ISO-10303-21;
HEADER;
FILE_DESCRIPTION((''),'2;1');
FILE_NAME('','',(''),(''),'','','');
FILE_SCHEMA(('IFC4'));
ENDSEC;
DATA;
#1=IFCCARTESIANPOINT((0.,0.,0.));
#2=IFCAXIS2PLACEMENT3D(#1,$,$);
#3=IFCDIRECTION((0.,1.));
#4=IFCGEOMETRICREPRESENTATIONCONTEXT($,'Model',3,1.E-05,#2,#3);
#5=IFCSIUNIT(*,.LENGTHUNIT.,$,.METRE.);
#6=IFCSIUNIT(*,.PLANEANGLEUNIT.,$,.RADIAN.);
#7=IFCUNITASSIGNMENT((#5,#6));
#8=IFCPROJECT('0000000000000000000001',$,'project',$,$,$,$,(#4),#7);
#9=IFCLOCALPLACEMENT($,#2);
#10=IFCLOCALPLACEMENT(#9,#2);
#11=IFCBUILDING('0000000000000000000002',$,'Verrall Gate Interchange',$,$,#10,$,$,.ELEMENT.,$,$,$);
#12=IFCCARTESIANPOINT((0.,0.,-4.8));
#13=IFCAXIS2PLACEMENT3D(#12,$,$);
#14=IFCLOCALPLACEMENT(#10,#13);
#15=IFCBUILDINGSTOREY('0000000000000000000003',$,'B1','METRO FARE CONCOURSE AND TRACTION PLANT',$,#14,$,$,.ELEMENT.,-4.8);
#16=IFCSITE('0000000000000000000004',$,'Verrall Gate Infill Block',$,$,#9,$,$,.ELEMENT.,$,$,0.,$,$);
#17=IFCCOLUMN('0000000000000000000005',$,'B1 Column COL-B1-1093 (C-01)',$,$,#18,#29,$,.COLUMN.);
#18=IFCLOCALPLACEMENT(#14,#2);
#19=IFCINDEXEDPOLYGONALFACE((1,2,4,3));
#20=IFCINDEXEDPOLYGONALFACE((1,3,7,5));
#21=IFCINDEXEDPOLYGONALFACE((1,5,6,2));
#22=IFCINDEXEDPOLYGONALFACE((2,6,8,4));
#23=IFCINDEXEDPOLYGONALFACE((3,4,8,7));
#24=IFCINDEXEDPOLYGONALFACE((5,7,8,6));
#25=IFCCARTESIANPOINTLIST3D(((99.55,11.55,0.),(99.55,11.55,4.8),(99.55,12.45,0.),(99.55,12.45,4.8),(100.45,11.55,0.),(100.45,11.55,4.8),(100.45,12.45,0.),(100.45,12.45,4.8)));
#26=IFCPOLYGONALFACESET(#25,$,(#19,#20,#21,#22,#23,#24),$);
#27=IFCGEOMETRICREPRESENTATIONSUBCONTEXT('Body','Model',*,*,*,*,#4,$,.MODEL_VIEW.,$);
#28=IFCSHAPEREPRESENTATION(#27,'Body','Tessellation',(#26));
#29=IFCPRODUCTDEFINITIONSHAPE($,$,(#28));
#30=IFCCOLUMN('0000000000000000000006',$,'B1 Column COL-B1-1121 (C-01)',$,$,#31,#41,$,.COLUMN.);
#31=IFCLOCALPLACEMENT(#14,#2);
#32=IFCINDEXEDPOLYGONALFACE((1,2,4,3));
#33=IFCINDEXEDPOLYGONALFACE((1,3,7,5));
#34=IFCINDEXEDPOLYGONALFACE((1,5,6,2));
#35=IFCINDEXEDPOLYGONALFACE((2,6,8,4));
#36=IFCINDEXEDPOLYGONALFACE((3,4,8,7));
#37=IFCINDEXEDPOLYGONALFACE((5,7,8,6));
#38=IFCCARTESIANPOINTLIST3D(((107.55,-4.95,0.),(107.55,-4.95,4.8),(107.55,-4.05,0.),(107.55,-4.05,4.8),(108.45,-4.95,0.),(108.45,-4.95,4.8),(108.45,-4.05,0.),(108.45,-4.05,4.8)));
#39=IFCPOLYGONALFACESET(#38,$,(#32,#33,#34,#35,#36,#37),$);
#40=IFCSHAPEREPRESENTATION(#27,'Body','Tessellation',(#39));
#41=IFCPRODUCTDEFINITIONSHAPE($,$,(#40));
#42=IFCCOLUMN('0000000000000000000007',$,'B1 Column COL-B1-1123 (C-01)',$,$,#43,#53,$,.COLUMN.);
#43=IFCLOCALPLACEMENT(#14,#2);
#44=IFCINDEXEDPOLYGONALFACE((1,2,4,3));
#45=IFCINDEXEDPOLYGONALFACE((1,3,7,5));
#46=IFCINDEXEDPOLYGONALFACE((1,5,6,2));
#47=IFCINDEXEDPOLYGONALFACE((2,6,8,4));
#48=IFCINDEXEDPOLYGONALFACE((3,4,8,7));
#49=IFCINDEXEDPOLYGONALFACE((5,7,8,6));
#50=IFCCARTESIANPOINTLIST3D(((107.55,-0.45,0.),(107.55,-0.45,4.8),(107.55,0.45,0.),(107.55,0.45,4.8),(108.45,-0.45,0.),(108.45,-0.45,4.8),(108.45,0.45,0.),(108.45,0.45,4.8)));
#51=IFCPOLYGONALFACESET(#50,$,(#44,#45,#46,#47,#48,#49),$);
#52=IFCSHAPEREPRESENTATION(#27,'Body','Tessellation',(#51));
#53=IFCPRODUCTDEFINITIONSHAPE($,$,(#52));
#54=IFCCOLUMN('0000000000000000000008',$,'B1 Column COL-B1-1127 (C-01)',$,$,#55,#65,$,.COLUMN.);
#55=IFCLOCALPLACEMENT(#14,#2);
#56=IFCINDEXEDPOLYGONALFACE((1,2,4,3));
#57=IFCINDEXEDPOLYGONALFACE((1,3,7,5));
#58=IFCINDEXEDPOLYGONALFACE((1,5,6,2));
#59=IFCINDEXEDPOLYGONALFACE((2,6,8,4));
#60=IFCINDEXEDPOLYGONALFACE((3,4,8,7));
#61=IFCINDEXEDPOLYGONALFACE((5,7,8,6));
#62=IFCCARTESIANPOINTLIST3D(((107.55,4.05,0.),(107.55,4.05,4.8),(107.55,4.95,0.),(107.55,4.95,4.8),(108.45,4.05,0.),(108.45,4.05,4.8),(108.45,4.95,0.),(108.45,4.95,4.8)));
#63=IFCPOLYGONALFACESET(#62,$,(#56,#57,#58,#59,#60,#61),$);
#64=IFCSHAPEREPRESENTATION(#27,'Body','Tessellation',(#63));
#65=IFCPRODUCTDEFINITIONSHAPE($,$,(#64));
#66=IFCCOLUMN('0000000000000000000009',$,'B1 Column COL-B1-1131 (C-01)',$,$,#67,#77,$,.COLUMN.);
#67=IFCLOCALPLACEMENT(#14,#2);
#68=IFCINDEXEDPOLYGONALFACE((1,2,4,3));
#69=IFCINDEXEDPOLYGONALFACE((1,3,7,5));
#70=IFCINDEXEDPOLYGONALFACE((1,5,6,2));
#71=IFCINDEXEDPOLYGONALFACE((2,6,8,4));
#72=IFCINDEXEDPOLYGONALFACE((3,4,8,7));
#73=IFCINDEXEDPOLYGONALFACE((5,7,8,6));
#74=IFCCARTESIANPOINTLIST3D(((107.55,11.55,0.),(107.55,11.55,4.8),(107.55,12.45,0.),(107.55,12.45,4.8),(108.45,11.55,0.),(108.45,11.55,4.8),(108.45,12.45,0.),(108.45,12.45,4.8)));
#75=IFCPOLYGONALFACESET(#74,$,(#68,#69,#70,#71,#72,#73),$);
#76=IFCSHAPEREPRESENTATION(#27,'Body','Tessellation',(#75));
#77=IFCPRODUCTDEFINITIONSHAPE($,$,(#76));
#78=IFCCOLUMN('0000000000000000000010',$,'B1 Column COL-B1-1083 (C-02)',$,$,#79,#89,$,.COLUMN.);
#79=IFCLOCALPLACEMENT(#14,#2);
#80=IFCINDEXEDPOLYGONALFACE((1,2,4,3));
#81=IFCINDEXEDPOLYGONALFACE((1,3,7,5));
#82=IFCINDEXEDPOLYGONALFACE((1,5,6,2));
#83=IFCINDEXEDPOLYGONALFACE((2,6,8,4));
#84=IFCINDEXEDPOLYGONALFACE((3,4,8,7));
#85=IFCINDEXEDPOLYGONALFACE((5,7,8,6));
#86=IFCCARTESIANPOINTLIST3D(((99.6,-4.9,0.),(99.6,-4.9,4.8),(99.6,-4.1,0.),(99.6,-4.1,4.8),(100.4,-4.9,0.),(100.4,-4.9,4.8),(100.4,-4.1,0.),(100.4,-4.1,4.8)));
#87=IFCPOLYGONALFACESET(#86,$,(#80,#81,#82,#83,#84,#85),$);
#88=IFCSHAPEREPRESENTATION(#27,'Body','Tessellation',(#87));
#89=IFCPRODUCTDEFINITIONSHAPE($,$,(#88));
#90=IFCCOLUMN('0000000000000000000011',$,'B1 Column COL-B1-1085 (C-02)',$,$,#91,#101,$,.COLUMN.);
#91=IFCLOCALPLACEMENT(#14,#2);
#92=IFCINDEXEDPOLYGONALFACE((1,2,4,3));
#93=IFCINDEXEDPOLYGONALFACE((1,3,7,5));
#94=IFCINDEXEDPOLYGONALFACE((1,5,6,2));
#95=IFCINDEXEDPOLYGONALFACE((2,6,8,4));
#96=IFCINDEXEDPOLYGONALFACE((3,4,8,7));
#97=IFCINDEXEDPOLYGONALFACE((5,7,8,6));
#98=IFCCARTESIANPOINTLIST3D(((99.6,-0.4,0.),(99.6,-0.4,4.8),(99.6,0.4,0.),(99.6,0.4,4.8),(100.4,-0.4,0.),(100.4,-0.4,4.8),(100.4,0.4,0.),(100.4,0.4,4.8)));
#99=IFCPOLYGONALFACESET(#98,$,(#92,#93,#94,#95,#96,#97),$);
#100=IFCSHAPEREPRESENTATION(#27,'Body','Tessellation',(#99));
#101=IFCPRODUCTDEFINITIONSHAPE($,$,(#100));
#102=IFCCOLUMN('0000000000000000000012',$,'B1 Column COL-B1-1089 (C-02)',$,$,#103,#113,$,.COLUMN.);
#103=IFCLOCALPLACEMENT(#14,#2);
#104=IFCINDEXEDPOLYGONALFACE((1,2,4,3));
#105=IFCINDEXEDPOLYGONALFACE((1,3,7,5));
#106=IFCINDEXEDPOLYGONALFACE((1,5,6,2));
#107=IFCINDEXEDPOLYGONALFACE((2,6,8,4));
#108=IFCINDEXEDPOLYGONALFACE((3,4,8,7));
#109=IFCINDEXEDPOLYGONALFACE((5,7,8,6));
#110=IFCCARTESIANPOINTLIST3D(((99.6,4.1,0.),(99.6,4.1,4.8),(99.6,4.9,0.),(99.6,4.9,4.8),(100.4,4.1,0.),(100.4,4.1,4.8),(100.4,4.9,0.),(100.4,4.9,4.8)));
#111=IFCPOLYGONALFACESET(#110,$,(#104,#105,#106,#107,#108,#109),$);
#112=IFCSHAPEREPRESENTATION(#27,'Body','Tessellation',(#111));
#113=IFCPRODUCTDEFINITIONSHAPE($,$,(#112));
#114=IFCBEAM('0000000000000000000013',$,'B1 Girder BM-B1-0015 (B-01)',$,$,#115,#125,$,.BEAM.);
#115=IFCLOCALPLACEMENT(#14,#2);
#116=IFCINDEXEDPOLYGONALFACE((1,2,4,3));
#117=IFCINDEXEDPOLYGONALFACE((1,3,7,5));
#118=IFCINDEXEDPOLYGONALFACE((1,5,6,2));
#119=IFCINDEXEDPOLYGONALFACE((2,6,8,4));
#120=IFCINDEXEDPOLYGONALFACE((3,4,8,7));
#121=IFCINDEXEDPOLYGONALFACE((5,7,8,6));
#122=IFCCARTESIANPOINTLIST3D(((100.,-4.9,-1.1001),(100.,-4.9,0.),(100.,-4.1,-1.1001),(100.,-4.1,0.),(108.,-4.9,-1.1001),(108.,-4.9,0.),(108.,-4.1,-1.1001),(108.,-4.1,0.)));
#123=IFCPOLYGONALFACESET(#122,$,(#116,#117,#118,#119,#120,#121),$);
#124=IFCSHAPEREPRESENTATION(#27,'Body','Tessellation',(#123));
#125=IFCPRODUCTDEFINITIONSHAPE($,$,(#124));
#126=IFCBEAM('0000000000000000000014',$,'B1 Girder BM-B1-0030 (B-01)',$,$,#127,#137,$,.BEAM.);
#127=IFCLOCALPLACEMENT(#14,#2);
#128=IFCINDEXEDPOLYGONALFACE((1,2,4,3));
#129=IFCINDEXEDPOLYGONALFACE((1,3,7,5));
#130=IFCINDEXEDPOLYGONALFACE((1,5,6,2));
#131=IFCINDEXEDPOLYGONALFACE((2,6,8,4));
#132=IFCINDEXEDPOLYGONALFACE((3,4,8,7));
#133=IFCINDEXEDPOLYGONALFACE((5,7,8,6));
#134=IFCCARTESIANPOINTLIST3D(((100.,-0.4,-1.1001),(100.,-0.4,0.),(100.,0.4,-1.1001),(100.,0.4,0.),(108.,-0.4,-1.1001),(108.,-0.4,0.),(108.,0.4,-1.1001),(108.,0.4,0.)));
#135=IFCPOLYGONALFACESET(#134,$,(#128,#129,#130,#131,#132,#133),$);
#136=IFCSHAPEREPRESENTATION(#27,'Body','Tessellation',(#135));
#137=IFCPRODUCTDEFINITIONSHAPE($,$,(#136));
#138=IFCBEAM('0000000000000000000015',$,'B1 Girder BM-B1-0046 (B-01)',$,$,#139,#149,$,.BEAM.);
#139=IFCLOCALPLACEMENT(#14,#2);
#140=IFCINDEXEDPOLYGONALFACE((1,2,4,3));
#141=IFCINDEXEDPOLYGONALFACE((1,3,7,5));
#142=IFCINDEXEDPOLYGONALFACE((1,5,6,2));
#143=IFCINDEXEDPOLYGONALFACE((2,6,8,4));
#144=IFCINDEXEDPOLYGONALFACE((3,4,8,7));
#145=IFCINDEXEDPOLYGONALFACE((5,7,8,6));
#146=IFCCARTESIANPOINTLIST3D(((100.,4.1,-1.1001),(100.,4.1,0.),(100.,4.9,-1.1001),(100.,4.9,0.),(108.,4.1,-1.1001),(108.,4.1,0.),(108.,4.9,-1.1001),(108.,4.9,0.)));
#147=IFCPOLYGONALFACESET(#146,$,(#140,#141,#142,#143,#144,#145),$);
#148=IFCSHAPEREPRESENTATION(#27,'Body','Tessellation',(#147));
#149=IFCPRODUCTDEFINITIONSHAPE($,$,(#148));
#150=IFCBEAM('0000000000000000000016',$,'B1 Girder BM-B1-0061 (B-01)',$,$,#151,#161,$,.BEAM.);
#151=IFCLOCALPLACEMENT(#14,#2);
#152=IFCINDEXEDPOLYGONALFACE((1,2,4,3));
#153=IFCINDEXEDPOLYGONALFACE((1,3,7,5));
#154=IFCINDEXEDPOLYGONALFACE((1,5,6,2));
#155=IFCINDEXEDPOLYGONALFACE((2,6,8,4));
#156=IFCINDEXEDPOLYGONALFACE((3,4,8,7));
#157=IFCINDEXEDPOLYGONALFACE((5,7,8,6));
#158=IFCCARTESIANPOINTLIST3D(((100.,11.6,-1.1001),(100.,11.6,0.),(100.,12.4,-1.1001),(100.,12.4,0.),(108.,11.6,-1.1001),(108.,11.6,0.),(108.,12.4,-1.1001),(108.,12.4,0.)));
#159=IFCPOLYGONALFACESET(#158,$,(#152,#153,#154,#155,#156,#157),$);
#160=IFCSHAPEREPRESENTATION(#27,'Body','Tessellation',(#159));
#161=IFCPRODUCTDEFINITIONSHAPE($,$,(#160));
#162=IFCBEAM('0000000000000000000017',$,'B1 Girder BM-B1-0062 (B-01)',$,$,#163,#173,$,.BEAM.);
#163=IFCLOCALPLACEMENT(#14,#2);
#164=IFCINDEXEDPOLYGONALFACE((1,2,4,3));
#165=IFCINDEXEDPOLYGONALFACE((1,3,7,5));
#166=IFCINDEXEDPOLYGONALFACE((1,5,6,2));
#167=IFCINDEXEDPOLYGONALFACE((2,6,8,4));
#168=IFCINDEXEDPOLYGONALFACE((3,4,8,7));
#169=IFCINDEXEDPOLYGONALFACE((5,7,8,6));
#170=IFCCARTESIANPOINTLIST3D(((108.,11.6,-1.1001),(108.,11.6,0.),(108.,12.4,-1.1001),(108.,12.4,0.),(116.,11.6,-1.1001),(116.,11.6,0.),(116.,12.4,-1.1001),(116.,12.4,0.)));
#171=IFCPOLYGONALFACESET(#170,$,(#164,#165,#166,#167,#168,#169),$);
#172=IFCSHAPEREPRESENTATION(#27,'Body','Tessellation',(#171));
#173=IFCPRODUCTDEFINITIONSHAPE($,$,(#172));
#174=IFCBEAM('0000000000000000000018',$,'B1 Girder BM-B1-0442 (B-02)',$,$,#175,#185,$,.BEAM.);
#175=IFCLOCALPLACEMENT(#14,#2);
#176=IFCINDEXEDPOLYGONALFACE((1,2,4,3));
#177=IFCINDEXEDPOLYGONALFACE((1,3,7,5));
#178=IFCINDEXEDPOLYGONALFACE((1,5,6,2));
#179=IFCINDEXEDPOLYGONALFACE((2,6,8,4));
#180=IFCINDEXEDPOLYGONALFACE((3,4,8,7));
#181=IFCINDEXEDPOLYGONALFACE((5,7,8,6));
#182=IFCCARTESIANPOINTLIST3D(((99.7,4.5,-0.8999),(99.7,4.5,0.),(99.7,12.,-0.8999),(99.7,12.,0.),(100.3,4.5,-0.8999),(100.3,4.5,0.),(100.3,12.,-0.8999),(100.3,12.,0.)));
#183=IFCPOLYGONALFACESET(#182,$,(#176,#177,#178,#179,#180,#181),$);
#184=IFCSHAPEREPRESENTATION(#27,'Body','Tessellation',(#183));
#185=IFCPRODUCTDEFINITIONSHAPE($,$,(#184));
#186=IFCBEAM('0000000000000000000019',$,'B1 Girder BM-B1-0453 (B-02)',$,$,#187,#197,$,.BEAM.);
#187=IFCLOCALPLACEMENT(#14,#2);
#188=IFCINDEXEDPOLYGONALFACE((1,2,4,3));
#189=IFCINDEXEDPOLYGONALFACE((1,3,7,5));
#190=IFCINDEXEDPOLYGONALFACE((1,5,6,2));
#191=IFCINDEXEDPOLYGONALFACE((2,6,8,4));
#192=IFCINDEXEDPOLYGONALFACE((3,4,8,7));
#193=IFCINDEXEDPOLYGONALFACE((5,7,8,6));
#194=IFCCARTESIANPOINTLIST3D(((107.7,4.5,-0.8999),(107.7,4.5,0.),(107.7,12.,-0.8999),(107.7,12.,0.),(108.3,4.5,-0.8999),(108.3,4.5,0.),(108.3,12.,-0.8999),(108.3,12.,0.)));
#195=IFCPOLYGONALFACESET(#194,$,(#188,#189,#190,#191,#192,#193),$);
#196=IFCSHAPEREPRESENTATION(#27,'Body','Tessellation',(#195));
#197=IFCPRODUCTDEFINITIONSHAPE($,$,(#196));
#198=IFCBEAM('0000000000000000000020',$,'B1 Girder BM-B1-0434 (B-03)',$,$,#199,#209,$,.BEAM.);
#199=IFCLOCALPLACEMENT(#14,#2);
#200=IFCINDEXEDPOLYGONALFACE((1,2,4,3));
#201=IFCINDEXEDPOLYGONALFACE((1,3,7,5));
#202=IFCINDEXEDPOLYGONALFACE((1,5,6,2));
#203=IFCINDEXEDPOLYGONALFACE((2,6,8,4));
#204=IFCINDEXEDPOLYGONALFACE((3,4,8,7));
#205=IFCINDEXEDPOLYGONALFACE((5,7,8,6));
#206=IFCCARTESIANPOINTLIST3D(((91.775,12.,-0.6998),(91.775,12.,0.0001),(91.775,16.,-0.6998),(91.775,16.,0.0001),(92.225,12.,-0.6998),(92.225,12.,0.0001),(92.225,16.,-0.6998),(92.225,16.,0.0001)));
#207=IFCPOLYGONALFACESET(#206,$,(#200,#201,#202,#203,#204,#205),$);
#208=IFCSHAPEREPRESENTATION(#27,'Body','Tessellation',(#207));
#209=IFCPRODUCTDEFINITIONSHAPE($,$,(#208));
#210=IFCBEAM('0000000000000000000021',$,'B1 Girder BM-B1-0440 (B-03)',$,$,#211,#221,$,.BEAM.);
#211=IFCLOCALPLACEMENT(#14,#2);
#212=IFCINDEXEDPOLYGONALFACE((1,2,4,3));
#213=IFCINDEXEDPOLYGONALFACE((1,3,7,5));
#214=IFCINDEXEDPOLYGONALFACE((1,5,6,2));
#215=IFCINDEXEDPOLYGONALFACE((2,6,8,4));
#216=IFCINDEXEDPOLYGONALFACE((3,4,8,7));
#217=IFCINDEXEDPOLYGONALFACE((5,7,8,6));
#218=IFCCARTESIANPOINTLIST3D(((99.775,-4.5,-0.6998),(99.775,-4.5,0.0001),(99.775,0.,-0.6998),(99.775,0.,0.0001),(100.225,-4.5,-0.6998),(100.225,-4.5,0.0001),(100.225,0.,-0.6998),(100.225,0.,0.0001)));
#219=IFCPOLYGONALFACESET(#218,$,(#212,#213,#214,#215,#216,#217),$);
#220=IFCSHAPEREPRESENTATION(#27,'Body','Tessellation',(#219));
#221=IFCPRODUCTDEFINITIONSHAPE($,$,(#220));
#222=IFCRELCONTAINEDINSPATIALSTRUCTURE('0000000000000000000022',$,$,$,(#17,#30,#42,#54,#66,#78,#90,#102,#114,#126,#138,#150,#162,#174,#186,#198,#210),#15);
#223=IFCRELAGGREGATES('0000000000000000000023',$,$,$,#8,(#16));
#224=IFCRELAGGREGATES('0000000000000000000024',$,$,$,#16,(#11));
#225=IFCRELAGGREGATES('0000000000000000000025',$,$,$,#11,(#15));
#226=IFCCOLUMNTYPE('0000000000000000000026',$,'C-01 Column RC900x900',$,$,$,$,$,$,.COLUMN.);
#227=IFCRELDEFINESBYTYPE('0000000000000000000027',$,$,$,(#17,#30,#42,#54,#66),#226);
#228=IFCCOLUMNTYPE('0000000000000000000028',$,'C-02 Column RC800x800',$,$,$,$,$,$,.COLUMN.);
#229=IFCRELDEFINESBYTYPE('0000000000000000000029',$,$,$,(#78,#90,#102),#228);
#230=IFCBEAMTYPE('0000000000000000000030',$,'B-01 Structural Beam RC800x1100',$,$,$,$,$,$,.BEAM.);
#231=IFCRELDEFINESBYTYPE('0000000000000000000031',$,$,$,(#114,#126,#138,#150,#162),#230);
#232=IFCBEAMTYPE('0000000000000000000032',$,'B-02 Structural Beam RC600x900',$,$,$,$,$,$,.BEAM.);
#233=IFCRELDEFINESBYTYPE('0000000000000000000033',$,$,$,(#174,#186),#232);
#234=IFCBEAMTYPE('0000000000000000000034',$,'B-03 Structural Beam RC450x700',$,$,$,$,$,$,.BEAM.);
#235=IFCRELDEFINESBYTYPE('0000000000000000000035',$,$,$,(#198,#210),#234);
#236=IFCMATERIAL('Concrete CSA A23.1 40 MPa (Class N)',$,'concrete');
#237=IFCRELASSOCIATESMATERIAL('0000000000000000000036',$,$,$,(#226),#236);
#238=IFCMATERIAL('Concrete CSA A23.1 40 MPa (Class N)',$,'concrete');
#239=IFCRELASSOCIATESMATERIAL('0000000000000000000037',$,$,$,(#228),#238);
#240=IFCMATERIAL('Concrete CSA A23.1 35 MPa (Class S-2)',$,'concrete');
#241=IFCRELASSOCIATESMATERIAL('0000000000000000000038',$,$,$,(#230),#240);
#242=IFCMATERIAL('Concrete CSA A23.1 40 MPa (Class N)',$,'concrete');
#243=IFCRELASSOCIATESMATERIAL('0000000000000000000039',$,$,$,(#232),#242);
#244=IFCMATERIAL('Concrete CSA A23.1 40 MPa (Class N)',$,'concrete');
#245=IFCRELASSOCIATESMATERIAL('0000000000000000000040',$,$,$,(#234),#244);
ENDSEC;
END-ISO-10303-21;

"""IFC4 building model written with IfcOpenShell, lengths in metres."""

from ifc_helpers import new_model, si_unit, direction, frame, origin, origin_2d, place, context, subcontext, project, spatial, rectangle, extrude, material, material_profile, profile_set, type_object, element, save


model = new_model("IFC4")

# Units and contexts
model_context = context("Model", 3, precision=1e-05, world=origin(), true_north=direction((0.0, 1.0)))
body_context = subcontext(model_context, "Body", "Model", "MODEL_VIEW")
ifc_project = project(units=[si_unit("LENGTHUNIT", "METRE"), si_unit("PLANEANGLEUNIT", "RADIAN")], contexts=[model_context])

# Site, building, storey
site_placement = place(None, origin())
site = spatial("IfcSite", under=ifc_project, at=site_placement, Name="Verrall Gate Infill Block", CompositionType="ELEMENT", RefElevation=0.0)
building_placement = place(site_placement, origin())
building = spatial("IfcBuilding", under=site, at=building_placement, Name="Verrall Gate Interchange", CompositionType="ELEMENT")
storey_placement = place(building_placement, frame((0.0, 0.0, -4.8)))
storey = spatial("IfcBuildingStorey", under=building, at=storey_placement, Name="B1", Description="METRO FARE CONCOURSE AND TRACTION PLANT", CompositionType="ELEMENT", Elevation=-4.8)

# Columns
ifc_material_1 = material(Name="Concrete CSA A23.1 40 MPa (Class N)", Category="concrete")
ifc_material_profile_1 = material_profile(ifc_material_1, rectangle(XDim=0.8999, YDim=0.8999, at=origin_2d()), Name="RC900x900")
ifc_profile_set_1 = profile_set([ifc_material_profile_1], Name="Concrete CSA A23.1 40 MPa (Class N)")
column_type_1 = type_object("IfcColumnType", Name="C-01 Column RC900x900", PredefinedType="COLUMN", material=ifc_profile_set_1)
for number, where, z_axis, x_axis, name in (
    (1, (100.0, 12.0, 0.0), (0.0, 0.0, 1.0), (1.0, 0.0, 0.0), "B1 Column COL-B1-1093 (C-01)"),
    (2, (108.0, -4.5, 0.0), (0.0, 0.0, 1.0), (1.0, 0.0, 0.0), "B1 Column COL-B1-1121 (C-01)"),
    (3, (108.0, 0.0, 0.0), (0.0, 0.0, 1.0), (1.0, 0.0, 0.0), "B1 Column COL-B1-1123 (C-01)"),
    (4, (108.0, 4.5, 0.0), (0.0, 0.0, 1.0), (1.0, 0.0, 0.0), "B1 Column COL-B1-1127 (C-01)"),
    (5, (108.0, 12.0, 0.0), (0.0, 0.0, 1.0), (1.0, 0.0, 0.0), "B1 Column COL-B1-1131 (C-01)"),
):
    element("IfcColumn", number, at=place(storey_placement, frame(where, z_axis=z_axis, x_axis=x_axis)), inside=storey, type_object=column_type_1, Name=name, PredefinedType="COLUMN", context=body_context, shape_type="SweptSolid", body=[
        extrude(rectangle(XDim=0.8999, YDim=0.8999, at=origin_2d()), origin(), (0.0, 0.0, 1.0), 4.8),
    ])
ifc_material_2 = material(Name="Concrete CSA A23.1 40 MPa (Class N)", Category="concrete")
ifc_material_profile_2 = material_profile(ifc_material_2, rectangle(XDim=0.8, YDim=0.8, at=origin_2d()), Name="RC800x800")
ifc_profile_set_2 = profile_set([ifc_material_profile_2], Name="Concrete CSA A23.1 40 MPa (Class N)")
column_type_2 = type_object("IfcColumnType", Name="C-02 Column RC800x800", PredefinedType="COLUMN", material=ifc_profile_set_2)
for number, where, z_axis, x_axis, name in (
    (6, (100.0, -4.5, 0.0), (0.0, 0.0, 1.0), (1.0, 0.0, 0.0), "B1 Column COL-B1-1083 (C-02)"),
    (7, (100.0, 0.0, 0.0), (0.0, 0.0, 1.0), (1.0, 0.0, 0.0), "B1 Column COL-B1-1085 (C-02)"),
    (8, (100.0, 4.5, 0.0), (0.0, 0.0, 1.0), (1.0, 0.0, 0.0), "B1 Column COL-B1-1089 (C-02)"),
):
    element("IfcColumn", number, at=place(storey_placement, frame(where, z_axis=z_axis, x_axis=x_axis)), inside=storey, type_object=column_type_2, Name=name, PredefinedType="COLUMN", context=body_context, shape_type="SweptSolid", body=[
        extrude(rectangle(XDim=0.8, YDim=0.8, at=origin_2d()), origin(), (0.0, 0.0, 1.0), 4.8),
    ])

# Beams
ifc_material_3 = material(Name="Concrete CSA A23.1 35 MPa (Class S-2)", Category="concrete")
ifc_material_profile_3 = material_profile(ifc_material_3, rectangle(XDim=0.8, YDim=1.1001, at=origin_2d()), Name="RC800x1100")
ifc_profile_set_3 = profile_set([ifc_material_profile_3], Name="Concrete CSA A23.1 35 MPa (Class S-2)")
beam_type_1 = type_object("IfcBeamType", Name="B-01 Structural Beam RC800x1100", PredefinedType="BEAM", material=ifc_profile_set_3)
for number, where, z_axis, x_axis, name in (
    (9, (100.0, -4.5, -0.55), (1.0, 0.0, 0.0), (0.0, 1.0, 0.0), "B1 Girder BM-B1-0015 (B-01)"),
    (10, (100.0, 0.0, -0.55), (1.0, 0.0, 0.0), (0.0, 1.0, 0.0), "B1 Girder BM-B1-0030 (B-01)"),
    (11, (100.0, 4.5, -0.55), (1.0, 0.0, 0.0), (0.0, 1.0, 0.0), "B1 Girder BM-B1-0046 (B-01)"),
    (12, (100.0, 12.0, -0.55), (1.0, 0.0, 0.0), (0.0, 1.0, 0.0), "B1 Girder BM-B1-0061 (B-01)"),
    (13, (108.0, 12.0, -0.55), (1.0, 0.0, 0.0), (0.0, 1.0, 0.0), "B1 Girder BM-B1-0062 (B-01)"),
):
    element("IfcBeam", number, at=place(storey_placement, frame(where, z_axis=z_axis, x_axis=x_axis)), inside=storey, type_object=beam_type_1, Name=name, PredefinedType="BEAM", context=body_context, shape_type="SweptSolid", body=[
        extrude(rectangle(XDim=0.8, YDim=1.1001, at=origin_2d()), origin(), (0.0, 0.0, 1.0), 8.0),
    ])
ifc_material_4 = material(Name="Concrete CSA A23.1 40 MPa (Class N)", Category="concrete")
ifc_material_profile_4 = material_profile(ifc_material_4, rectangle(XDim=0.6001, YDim=0.8999, at=origin_2d()), Name="RC600x900")
ifc_profile_set_4 = profile_set([ifc_material_profile_4], Name="Concrete CSA A23.1 40 MPa (Class N)")
beam_type_2 = type_object("IfcBeamType", Name="B-02 Structural Beam RC600x900", PredefinedType="BEAM", material=ifc_profile_set_4)
for number, where, z_axis, x_axis, name in (
    (14, (100.0, 4.5, -0.45), (0.0, 1.0, 0.0), (-1.0, 0.0, 0.0), "B1 Girder BM-B1-0442 (B-02)"),
    (15, (108.0, 4.5, -0.45), (0.0, 1.0, 0.0), (-1.0, 0.0, 0.0), "B1 Girder BM-B1-0453 (B-02)"),
):
    element("IfcBeam", number, at=place(storey_placement, frame(where, z_axis=z_axis, x_axis=x_axis)), inside=storey, type_object=beam_type_2, Name=name, PredefinedType="BEAM", context=body_context, shape_type="SweptSolid", body=[
        extrude(rectangle(XDim=0.6001, YDim=0.8999, at=origin_2d()), origin(), (0.0, 0.0, 1.0), 7.5),
    ])
ifc_material_5 = material(Name="Concrete CSA A23.1 40 MPa (Class N)", Category="concrete")
ifc_material_profile_5 = material_profile(ifc_material_5, rectangle(XDim=0.45, YDim=0.7, at=origin_2d()), Name="RC450x700")
ifc_profile_set_5 = profile_set([ifc_material_profile_5], Name="Concrete CSA A23.1 40 MPa (Class N)")
beam_type_3 = type_object("IfcBeamType", Name="B-03 Structural Beam RC450x700", PredefinedType="BEAM", material=ifc_profile_set_5)
beam_1_placement = place(storey_placement, frame((92.0, 12.0, -0.3499), z_axis=(0.0, 1.0, 0.0), x_axis=(-1.0, 0.0, 0.0)))
element("IfcBeam", 16, at=beam_1_placement, inside=storey, type_object=beam_type_3, Name="B1 Girder BM-B1-0434 (B-03)", PredefinedType="BEAM", context=body_context, shape_type="SweptSolid", body=[
    extrude(rectangle(XDim=0.45, YDim=0.7, at=origin_2d()), origin(), (0.0, 0.0, 1.0), 4.0),
])
for number, where, z_axis, x_axis, name in (
    (17, (100.0, -4.5, -0.3499), (0.0, 1.0, 0.0), (-1.0, 0.0, 0.0), "B1 Girder BM-B1-0440 (B-03)"),
):
    element("IfcBeam", number, at=place(storey_placement, frame(where, z_axis=z_axis, x_axis=x_axis)), inside=storey, type_object=beam_type_3, Name=name, PredefinedType="BEAM", context=body_context, shape_type="SweptSolid", body=[
        extrude(rectangle(XDim=0.45, YDim=0.7, at=origin_2d()), origin(), (0.0, 0.0, 1.0), 4.5),
    ])

save(model, "model.ifc")
